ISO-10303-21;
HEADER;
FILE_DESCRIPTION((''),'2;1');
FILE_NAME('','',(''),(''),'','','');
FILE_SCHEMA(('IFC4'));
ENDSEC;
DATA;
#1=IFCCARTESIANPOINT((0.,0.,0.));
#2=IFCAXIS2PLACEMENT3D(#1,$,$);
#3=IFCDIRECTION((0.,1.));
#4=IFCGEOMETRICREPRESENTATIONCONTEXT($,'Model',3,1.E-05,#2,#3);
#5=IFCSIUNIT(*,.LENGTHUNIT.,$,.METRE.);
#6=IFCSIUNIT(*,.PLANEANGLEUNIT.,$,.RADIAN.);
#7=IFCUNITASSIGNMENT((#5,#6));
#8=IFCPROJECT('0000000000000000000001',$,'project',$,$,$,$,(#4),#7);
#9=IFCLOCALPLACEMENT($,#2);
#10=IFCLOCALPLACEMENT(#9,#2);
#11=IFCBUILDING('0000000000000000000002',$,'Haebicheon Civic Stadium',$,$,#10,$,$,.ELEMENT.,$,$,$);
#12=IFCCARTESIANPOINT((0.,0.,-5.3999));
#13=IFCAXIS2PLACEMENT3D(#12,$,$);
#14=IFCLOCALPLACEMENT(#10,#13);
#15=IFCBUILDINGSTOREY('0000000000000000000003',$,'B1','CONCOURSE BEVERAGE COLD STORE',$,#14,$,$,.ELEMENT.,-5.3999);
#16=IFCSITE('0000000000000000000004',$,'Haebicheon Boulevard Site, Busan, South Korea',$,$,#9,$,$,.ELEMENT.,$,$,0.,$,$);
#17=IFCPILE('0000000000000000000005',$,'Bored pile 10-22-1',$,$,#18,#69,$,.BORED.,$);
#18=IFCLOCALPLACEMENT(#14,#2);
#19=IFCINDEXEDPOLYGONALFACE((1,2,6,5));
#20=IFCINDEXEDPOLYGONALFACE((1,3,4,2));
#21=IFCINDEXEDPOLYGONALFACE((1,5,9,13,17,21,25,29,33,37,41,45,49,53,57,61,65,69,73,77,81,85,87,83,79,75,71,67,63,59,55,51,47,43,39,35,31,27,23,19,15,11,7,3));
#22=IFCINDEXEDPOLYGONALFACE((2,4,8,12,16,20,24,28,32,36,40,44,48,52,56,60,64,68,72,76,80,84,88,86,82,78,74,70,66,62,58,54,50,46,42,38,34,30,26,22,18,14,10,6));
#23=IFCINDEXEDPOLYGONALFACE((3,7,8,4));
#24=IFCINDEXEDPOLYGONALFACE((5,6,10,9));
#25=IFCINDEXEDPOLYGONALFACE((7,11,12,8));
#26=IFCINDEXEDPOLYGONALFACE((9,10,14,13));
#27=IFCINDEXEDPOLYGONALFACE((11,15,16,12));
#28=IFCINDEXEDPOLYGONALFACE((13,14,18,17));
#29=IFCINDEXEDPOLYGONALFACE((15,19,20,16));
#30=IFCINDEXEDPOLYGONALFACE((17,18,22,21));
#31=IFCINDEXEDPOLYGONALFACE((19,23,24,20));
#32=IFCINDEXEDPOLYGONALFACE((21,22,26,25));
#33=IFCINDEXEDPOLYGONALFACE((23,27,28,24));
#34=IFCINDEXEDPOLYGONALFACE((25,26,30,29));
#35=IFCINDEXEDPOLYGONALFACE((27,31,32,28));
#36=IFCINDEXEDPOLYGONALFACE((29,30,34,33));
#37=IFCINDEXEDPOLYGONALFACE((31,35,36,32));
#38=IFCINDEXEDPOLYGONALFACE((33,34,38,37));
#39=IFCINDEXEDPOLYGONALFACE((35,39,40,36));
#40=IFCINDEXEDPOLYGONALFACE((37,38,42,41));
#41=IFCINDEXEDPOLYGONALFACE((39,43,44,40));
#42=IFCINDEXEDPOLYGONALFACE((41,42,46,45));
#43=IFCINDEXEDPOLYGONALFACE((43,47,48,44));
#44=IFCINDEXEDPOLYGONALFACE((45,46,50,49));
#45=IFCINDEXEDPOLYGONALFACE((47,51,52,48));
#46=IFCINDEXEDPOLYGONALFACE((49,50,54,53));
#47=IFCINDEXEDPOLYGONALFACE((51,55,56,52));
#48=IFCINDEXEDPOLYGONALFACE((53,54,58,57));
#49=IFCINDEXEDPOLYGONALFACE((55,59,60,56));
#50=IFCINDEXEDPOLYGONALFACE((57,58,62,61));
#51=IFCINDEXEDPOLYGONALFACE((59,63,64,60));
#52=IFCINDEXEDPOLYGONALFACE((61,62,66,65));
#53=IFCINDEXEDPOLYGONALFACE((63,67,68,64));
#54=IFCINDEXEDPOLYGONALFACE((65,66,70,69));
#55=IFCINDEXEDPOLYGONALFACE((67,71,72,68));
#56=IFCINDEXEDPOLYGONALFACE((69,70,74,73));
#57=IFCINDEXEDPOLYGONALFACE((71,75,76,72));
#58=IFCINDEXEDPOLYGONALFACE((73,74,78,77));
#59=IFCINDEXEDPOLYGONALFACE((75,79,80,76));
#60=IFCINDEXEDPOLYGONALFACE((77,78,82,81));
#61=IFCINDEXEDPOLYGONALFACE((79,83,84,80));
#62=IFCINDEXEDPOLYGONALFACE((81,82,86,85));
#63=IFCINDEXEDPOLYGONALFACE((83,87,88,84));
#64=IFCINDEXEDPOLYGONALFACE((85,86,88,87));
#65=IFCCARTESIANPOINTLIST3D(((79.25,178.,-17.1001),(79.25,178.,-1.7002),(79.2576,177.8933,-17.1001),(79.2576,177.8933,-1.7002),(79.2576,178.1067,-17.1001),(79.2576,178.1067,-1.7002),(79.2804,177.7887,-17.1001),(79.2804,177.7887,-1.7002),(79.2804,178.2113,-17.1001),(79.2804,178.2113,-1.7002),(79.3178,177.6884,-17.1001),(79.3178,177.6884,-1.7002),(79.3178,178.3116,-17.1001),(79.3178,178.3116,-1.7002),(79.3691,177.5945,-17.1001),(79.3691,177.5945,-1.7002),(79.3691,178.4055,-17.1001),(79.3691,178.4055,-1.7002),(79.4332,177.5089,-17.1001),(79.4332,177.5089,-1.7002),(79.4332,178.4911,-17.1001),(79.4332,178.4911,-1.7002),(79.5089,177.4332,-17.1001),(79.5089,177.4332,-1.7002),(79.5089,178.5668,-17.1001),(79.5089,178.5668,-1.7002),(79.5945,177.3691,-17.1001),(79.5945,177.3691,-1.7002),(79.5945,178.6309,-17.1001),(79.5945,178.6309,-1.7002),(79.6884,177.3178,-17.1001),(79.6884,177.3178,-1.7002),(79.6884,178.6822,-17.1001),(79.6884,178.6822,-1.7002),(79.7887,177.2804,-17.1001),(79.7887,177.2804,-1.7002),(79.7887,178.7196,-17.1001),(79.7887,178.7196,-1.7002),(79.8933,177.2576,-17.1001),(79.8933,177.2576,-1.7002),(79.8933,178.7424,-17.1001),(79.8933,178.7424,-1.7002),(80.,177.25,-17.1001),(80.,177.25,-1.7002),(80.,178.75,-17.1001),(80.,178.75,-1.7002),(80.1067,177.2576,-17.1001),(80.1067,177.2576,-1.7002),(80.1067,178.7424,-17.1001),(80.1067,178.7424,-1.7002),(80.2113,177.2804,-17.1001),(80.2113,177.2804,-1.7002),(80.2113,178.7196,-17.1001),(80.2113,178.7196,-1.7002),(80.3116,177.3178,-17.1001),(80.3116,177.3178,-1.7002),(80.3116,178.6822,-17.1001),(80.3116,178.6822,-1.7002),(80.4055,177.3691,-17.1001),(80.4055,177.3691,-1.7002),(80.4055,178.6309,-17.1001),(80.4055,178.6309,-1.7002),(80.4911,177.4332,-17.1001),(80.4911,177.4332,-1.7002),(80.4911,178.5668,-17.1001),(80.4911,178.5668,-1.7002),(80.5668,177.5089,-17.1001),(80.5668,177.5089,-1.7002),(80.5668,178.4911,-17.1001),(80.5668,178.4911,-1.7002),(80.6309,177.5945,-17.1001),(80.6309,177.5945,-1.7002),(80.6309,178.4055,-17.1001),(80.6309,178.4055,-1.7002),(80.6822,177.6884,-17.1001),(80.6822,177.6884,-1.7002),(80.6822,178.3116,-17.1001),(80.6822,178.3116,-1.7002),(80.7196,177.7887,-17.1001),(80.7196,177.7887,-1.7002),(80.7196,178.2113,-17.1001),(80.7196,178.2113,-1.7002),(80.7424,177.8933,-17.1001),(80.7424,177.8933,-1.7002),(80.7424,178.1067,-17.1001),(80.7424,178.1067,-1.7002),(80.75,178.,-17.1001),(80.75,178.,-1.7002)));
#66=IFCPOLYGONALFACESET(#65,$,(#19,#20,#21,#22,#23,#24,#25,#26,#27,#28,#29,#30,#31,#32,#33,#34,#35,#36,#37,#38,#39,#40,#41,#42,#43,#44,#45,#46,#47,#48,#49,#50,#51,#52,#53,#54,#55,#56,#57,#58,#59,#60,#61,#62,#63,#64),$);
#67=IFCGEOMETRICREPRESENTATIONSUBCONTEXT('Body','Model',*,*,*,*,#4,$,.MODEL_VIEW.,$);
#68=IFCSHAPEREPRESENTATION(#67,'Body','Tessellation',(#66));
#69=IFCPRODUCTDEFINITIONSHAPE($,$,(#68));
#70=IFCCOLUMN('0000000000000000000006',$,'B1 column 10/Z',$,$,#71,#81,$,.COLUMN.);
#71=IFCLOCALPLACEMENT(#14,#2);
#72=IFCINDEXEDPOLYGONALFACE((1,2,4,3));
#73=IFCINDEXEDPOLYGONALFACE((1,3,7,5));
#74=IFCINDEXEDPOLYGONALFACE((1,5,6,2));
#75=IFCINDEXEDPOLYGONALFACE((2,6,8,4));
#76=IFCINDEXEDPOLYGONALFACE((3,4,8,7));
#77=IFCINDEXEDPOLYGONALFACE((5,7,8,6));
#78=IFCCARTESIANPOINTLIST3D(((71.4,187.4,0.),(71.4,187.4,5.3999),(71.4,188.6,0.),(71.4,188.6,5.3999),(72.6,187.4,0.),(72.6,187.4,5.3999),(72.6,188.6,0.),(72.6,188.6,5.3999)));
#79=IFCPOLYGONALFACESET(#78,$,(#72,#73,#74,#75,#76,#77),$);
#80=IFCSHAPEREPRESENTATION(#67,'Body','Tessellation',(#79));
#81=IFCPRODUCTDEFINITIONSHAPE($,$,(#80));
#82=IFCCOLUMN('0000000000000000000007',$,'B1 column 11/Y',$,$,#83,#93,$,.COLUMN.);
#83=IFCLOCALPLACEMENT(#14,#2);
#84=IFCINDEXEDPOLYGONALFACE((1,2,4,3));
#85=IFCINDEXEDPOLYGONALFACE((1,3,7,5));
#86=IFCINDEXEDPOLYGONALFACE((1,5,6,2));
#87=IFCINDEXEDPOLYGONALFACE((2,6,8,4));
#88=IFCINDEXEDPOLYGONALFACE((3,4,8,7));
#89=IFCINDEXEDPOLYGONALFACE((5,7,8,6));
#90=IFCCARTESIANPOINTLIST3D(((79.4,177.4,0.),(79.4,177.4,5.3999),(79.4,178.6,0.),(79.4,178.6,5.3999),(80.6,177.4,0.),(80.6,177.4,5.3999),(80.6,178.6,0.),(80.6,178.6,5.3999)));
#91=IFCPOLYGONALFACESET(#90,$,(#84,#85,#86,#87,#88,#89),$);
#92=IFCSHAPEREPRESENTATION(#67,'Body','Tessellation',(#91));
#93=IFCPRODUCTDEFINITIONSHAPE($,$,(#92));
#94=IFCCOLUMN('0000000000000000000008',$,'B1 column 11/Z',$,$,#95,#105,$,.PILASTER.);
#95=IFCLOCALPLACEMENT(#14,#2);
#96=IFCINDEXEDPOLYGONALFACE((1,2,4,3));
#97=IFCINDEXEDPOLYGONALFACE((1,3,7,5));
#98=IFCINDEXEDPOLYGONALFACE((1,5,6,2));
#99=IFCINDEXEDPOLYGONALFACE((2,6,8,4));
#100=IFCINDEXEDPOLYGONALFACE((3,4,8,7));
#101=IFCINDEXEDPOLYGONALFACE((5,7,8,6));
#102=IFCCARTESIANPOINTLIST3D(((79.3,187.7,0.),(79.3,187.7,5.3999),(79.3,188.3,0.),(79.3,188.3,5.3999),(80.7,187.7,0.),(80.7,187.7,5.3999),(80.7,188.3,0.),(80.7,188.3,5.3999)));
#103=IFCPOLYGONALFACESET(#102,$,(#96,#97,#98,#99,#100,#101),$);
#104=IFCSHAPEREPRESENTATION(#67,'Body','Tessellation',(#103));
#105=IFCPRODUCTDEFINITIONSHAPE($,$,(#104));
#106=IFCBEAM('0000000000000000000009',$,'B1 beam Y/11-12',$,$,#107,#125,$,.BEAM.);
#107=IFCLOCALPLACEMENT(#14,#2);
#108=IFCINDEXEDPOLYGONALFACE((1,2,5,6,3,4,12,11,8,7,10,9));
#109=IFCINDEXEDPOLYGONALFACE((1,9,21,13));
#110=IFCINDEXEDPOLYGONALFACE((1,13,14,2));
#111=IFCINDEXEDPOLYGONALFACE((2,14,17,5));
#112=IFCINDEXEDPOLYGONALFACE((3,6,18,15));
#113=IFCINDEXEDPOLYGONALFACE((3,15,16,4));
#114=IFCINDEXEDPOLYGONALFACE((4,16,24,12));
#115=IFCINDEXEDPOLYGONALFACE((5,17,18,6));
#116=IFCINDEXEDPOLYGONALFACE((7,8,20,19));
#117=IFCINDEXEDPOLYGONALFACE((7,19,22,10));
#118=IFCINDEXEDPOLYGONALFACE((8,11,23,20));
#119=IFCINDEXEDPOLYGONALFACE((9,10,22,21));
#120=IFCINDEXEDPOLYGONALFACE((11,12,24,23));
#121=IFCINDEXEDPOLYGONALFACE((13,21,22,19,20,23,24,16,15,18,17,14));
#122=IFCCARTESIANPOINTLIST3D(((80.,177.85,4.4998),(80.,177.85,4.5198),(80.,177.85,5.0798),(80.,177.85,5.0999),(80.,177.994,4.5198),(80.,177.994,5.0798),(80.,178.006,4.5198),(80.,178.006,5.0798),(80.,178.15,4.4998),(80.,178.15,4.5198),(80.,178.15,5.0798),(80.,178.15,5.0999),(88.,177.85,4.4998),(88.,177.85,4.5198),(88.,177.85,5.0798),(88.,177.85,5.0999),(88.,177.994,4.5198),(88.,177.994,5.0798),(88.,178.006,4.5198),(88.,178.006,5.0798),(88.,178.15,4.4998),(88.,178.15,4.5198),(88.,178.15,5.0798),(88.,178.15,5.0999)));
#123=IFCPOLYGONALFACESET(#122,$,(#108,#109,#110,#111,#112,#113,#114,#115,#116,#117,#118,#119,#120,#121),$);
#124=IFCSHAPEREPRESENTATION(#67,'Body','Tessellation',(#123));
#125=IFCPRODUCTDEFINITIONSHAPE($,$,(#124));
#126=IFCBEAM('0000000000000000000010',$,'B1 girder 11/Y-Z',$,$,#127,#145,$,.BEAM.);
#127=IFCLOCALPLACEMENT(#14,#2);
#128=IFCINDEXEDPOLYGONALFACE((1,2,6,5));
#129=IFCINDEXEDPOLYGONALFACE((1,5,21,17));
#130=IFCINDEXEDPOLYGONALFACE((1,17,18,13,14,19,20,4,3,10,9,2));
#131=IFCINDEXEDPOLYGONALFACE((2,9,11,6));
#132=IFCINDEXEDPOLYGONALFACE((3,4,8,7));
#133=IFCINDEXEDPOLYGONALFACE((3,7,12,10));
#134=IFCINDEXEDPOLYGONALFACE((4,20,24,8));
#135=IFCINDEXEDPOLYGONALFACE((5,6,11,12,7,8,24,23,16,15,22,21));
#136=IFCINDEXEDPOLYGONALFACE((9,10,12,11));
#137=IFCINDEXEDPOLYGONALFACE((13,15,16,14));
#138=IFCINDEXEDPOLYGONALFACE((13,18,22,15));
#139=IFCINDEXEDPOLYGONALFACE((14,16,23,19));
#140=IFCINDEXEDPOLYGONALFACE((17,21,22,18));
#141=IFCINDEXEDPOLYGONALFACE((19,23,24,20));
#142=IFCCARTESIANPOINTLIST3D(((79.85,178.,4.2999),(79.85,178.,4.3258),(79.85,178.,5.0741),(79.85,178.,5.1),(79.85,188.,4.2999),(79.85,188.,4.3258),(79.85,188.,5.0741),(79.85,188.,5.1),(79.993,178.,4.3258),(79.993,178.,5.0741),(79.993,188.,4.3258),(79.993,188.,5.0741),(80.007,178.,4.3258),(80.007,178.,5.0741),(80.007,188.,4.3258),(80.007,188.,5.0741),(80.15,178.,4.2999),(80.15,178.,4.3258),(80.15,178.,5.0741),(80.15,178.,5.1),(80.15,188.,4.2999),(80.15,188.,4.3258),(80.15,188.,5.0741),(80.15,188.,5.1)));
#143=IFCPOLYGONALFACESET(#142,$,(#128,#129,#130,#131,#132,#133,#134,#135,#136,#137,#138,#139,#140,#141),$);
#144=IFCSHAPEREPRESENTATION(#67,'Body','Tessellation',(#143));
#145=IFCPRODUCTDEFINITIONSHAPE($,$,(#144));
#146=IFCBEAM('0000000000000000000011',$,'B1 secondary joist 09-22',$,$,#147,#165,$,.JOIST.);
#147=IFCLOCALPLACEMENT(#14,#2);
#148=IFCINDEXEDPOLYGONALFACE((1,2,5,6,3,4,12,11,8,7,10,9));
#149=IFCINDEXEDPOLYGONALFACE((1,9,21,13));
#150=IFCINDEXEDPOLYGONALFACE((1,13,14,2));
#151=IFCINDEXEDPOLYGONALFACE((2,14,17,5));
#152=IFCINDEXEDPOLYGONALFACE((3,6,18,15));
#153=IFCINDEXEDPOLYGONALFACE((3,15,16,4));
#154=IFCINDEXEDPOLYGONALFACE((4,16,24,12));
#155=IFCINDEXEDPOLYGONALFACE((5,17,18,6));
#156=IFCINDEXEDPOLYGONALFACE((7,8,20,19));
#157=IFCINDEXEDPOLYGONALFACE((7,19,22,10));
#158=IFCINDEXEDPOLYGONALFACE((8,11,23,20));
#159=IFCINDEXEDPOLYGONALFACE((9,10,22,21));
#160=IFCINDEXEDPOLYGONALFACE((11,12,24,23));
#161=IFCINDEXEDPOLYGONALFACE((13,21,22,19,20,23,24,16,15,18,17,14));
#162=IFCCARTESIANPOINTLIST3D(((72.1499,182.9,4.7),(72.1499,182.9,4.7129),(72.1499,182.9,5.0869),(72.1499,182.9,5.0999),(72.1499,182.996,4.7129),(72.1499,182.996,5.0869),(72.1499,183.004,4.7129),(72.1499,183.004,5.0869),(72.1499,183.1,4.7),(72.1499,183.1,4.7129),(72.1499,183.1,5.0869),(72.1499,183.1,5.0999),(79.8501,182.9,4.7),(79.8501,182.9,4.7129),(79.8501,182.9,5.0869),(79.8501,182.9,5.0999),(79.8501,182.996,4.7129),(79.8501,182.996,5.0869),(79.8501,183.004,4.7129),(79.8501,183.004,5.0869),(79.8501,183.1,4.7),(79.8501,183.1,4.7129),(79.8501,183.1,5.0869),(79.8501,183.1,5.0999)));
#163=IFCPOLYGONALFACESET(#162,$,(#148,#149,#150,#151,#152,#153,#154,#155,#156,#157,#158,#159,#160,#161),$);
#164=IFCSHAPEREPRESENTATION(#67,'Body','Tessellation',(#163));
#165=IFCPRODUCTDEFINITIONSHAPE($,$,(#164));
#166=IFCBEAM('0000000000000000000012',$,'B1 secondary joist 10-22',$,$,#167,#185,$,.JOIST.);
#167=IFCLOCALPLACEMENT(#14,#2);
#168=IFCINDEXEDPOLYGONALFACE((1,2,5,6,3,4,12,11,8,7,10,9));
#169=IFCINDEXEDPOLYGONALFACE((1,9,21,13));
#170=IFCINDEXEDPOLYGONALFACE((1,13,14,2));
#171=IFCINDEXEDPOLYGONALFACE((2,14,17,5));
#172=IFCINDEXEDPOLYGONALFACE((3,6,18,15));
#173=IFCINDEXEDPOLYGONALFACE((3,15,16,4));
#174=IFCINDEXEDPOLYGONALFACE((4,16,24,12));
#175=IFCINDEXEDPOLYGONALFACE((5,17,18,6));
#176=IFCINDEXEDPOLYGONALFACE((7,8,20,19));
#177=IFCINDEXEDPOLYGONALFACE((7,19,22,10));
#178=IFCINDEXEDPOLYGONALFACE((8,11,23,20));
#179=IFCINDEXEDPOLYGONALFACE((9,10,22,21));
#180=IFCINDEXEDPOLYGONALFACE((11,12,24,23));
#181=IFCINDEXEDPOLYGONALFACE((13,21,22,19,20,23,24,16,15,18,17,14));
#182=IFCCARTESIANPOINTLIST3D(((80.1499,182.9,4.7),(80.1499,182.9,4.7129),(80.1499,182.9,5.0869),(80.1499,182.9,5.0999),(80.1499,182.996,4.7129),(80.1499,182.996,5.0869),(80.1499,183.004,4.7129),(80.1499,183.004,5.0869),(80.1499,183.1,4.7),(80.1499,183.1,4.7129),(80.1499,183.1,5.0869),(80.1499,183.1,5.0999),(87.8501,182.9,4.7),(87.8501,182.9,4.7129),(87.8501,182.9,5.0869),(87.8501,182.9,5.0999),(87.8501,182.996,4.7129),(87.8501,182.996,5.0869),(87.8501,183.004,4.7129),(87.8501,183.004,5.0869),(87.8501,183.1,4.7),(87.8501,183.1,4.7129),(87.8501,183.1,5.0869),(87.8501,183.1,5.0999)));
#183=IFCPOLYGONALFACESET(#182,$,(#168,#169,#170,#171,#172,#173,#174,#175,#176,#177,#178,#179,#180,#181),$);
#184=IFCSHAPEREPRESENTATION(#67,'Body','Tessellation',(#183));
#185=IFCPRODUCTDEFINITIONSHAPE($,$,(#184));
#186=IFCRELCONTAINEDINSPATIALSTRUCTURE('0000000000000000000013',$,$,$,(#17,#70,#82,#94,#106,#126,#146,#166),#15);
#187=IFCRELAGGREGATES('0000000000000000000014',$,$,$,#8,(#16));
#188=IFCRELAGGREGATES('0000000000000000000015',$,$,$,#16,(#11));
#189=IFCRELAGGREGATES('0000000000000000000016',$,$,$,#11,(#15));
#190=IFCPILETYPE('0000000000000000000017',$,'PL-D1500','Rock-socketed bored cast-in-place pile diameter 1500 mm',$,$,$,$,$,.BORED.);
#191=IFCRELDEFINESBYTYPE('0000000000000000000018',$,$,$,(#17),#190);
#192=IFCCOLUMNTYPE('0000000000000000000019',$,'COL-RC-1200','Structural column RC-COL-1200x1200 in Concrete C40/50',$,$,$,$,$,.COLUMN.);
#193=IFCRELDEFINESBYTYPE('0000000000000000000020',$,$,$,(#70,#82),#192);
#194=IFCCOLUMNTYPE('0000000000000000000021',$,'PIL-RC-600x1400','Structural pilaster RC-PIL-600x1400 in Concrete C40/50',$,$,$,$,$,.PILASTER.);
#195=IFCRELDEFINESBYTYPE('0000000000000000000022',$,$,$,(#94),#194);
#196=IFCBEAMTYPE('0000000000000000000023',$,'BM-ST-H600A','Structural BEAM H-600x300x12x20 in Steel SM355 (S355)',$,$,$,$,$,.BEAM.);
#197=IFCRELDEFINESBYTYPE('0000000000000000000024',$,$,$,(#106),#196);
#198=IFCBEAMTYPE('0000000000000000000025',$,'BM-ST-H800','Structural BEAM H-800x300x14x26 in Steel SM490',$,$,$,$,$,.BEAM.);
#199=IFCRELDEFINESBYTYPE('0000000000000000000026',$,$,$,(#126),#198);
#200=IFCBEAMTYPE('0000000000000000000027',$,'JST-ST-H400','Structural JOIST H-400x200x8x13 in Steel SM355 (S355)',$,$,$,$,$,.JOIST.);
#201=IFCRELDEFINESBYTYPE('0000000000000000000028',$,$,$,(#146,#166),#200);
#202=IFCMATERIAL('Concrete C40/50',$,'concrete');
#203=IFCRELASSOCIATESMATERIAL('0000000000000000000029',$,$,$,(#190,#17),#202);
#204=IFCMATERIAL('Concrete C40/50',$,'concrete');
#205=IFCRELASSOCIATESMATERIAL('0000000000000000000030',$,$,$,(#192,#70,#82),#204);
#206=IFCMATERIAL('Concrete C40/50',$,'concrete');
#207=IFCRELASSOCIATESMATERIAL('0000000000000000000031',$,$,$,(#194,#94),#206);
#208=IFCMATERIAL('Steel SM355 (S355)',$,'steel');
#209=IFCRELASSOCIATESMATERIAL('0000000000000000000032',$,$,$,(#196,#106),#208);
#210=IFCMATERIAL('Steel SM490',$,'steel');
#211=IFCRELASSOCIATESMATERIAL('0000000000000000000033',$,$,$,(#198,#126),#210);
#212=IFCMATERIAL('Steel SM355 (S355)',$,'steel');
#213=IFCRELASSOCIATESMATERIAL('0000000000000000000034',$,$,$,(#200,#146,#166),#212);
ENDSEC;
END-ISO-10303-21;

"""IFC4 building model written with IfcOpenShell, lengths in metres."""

from ifc_helpers import new_model, si_unit, direction, frame, origin, origin_2d, place, context, subcontext, project, spatial, rectangle, circle, i_section, extrude, material, material_profile, profile_set, type_object, element, save


model = new_model("IFC4")

# Units and contexts
model_context = context("Model", 3, precision=1e-05, world=origin(), true_north=direction((0.0, 1.0)))
body_context = subcontext(model_context, "Body", "Model", "MODEL_VIEW")
ifc_project = project(units=[si_unit("LENGTHUNIT", "METRE"), si_unit("PLANEANGLEUNIT", "RADIAN")], contexts=[model_context])

# Site, building, storey
site_placement = place(None, origin())
site = spatial("IfcSite", under=ifc_project, at=site_placement, Name="Haebicheon Boulevard Site, Busan, South Korea", CompositionType="ELEMENT", RefElevation=0.0)
building_placement = place(site_placement, origin())
building = spatial("IfcBuilding", under=site, at=building_placement, Name="Haebicheon Civic Stadium", CompositionType="ELEMENT")
storey_placement = place(building_placement, frame((0.0, 0.0, -5.3999)))
storey = spatial("IfcBuildingStorey", under=building, at=storey_placement, Name="B1", Description="CONCOURSE BEVERAGE COLD STORE", CompositionType="ELEMENT", Elevation=-5.3999)

# Pile
ifc_material_1 = material(Name="Concrete C40/50", Category="concrete")
ifc_material_profile_1 = material_profile(ifc_material_1, circle(Radius=0.75, at=origin_2d()), Name="PILE-D1500")
ifc_profile_set_1 = profile_set([ifc_material_profile_1], Name="Concrete C40/50")
pile_type_1 = type_object("IfcPileType", Name="PL-D1500", Description="Rock-socketed bored cast-in-place pile diameter 1500 mm", PredefinedType="BORED", material=ifc_profile_set_1)
for number, where, z_axis, x_axis, name in (
    (1, (80.0, 178.0, -1.7002), (0.0, 0.0, -1.0), (1.0, 0.0, 0.0), "Bored pile 10-22-1"),
):
    element("IfcPile", number, at=place(storey_placement, frame(where, z_axis=z_axis, x_axis=x_axis)), inside=storey, type_object=pile_type_1, material=ifc_profile_set_1, Name=name, PredefinedType="BORED", context=body_context, shape_type="SweptSolid", body=[
        extrude(circle(Radius=0.75, at=origin_2d()), origin(), (0.0, 0.0, 1.0), 15.3999),
    ])

# Columns
ifc_material_2 = material(Name="Concrete C40/50", Category="concrete")
ifc_material_profile_2 = material_profile(ifc_material_2, rectangle(XDim=1.2, YDim=1.2, at=origin_2d()), Name="RC-COL-1200x1200")
ifc_profile_set_2 = profile_set([ifc_material_profile_2], Name="Concrete C40/50")
column_type_1 = type_object("IfcColumnType", Name="COL-RC-1200", Description="Structural column RC-COL-1200x1200 in Concrete C40/50", PredefinedType="COLUMN", material=ifc_profile_set_2)
for number, where, z_axis, x_axis, name in (
    (2, (72.0, 188.0, 0.0), (0.0, 0.0, 1.0), (1.0, 0.0, 0.0), "B1 column 10/Z"),
    (3, (80.0, 178.0, 0.0), (0.0, 0.0, 1.0), (1.0, 0.0, 0.0), "B1 column 11/Y"),
):
    element("IfcColumn", number, at=place(storey_placement, frame(where, z_axis=z_axis, x_axis=x_axis)), inside=storey, type_object=column_type_1, material=ifc_profile_set_2, Name=name, PredefinedType="COLUMN", context=body_context, shape_type="SweptSolid", body=[
        extrude(rectangle(XDim=1.2, YDim=1.2, at=origin_2d()), origin(), (0.0, 0.0, 1.0), 5.3999),
    ])
ifc_material_3 = material(Name="Concrete C40/50", Category="concrete")
ifc_material_profile_3 = material_profile(ifc_material_3, rectangle(XDim=0.6001, YDim=1.3999, at=origin_2d()), Name="RC-PIL-600x1400")
ifc_profile_set_3 = profile_set([ifc_material_profile_3], Name="Concrete C40/50")
column_type_2 = type_object("IfcColumnType", Name="PIL-RC-600x1400", Description="Structural pilaster RC-PIL-600x1400 in Concrete C40/50", PredefinedType="PILASTER", material=ifc_profile_set_3)
column_placement = place(storey_placement, frame((80.0, 188.0, 0.0), z_axis=(0.0, 0.0, 1.0), x_axis=(0.0, 1.0, 0.0)))
element("IfcColumn", 4, at=column_placement, inside=storey, type_object=column_type_2, material=ifc_profile_set_3, Name="B1 column 11/Z", PredefinedType="PILASTER", context=body_context, shape_type="SweptSolid", body=[
    extrude(rectangle(XDim=0.6001, YDim=1.3999, at=origin_2d()), origin(), (0.0, 0.0, 1.0), 5.3999),
])

# Beams
ifc_material_4 = material(Name="Steel SM355 (S355)", Category="steel")
ifc_material_profile_4 = material_profile(ifc_material_4, i_section(OverallWidth=0.3, OverallDepth=0.6001, WebThickness=0.012, FlangeThickness=0.02, at=origin_2d()), Name="H-600x300x12x20")
ifc_profile_set_4 = profile_set([ifc_material_profile_4], Name="Steel SM355 (S355)")
beam_type_1 = type_object("IfcBeamType", Name="BM-ST-H600A", Description="Structural BEAM H-600x300x12x20 in Steel SM355 (S355)", PredefinedType="BEAM", material=ifc_profile_set_4)
beam_1_placement = place(storey_placement, frame((80.0, 178.0, 4.7998), z_axis=(1.0, 0.0, 0.0), x_axis=(0.0, 1.0, 0.0)))
element("IfcBeam", 5, at=beam_1_placement, inside=storey, type_object=beam_type_1, material=ifc_profile_set_4, Name="B1 beam Y/11-12", PredefinedType="BEAM", context=body_context, shape_type="SweptSolid", body=[
    extrude(i_section(OverallWidth=0.3, OverallDepth=0.6001, WebThickness=0.012, FlangeThickness=0.02, at=origin_2d()), origin(), (0.0, 0.0, 1.0), 8.0),
])
ifc_material_5 = material(Name="Steel SM490", Category="steel")
ifc_material_profile_5 = material_profile(ifc_material_5, i_section(OverallWidth=0.3, OverallDepth=0.8, WebThickness=0.0139, FlangeThickness=0.0259, at=origin_2d()), Name="H-800x300x14x26")
ifc_profile_set_5 = profile_set([ifc_material_profile_5], Name="Steel SM490")
beam_type_2 = type_object("IfcBeamType", Name="BM-ST-H800", Description="Structural BEAM H-800x300x14x26 in Steel SM490", PredefinedType="BEAM", material=ifc_profile_set_5)
beam_2_placement = place(storey_placement, frame((80.0, 178.0, 4.7), z_axis=(0.0, 1.0, 0.0), x_axis=(-1.0, 0.0, 0.0)))
element("IfcBeam", 6, at=beam_2_placement, inside=storey, type_object=beam_type_2, material=ifc_profile_set_5, Name="B1 girder 11/Y-Z", PredefinedType="BEAM", context=body_context, shape_type="SweptSolid", body=[
    extrude(i_section(OverallWidth=0.3, OverallDepth=0.8, WebThickness=0.0139, FlangeThickness=0.0259, at=origin_2d()), origin(), (0.0, 0.0, 1.0), 10.0),
])
ifc_material_6 = material(Name="Steel SM355 (S355)", Category="steel")
ifc_material_profile_6 = material_profile(ifc_material_6, i_section(OverallWidth=0.2, OverallDepth=0.3999, WebThickness=0.0081, FlangeThickness=0.0129, at=origin_2d()), Name="H-400x200x8x13")
ifc_profile_set_6 = profile_set([ifc_material_profile_6], Name="Steel SM355 (S355)")
beam_type_3 = type_object("IfcBeamType", Name="JST-ST-H400", Description="Structural JOIST H-400x200x8x13 in Steel SM355 (S355)", PredefinedType="JOIST", material=ifc_profile_set_6)
for number, where, z_axis, x_axis, name in (
    (7, (72.1499, 183.0, 4.8999), (1.0, 0.0, 0.0), (0.0, 1.0, 0.0), "B1 secondary joist 09-22"),
    (8, (80.1499, 183.0, 4.8999), (1.0, 0.0, 0.0), (0.0, 1.0, 0.0), "B1 secondary joist 10-22"),
):
    element("IfcBeam", number, at=place(storey_placement, frame(where, z_axis=z_axis, x_axis=x_axis)), inside=storey, type_object=beam_type_3, material=ifc_profile_set_6, Name=name, PredefinedType="JOIST", context=body_context, shape_type="SweptSolid", body=[
        extrude(i_section(OverallWidth=0.2, OverallDepth=0.3999, WebThickness=0.0081, FlangeThickness=0.0129, at=origin_2d()), origin(), (0.0, 0.0, 1.0), 7.7002),
    ])

save(model, "model.ifc")
